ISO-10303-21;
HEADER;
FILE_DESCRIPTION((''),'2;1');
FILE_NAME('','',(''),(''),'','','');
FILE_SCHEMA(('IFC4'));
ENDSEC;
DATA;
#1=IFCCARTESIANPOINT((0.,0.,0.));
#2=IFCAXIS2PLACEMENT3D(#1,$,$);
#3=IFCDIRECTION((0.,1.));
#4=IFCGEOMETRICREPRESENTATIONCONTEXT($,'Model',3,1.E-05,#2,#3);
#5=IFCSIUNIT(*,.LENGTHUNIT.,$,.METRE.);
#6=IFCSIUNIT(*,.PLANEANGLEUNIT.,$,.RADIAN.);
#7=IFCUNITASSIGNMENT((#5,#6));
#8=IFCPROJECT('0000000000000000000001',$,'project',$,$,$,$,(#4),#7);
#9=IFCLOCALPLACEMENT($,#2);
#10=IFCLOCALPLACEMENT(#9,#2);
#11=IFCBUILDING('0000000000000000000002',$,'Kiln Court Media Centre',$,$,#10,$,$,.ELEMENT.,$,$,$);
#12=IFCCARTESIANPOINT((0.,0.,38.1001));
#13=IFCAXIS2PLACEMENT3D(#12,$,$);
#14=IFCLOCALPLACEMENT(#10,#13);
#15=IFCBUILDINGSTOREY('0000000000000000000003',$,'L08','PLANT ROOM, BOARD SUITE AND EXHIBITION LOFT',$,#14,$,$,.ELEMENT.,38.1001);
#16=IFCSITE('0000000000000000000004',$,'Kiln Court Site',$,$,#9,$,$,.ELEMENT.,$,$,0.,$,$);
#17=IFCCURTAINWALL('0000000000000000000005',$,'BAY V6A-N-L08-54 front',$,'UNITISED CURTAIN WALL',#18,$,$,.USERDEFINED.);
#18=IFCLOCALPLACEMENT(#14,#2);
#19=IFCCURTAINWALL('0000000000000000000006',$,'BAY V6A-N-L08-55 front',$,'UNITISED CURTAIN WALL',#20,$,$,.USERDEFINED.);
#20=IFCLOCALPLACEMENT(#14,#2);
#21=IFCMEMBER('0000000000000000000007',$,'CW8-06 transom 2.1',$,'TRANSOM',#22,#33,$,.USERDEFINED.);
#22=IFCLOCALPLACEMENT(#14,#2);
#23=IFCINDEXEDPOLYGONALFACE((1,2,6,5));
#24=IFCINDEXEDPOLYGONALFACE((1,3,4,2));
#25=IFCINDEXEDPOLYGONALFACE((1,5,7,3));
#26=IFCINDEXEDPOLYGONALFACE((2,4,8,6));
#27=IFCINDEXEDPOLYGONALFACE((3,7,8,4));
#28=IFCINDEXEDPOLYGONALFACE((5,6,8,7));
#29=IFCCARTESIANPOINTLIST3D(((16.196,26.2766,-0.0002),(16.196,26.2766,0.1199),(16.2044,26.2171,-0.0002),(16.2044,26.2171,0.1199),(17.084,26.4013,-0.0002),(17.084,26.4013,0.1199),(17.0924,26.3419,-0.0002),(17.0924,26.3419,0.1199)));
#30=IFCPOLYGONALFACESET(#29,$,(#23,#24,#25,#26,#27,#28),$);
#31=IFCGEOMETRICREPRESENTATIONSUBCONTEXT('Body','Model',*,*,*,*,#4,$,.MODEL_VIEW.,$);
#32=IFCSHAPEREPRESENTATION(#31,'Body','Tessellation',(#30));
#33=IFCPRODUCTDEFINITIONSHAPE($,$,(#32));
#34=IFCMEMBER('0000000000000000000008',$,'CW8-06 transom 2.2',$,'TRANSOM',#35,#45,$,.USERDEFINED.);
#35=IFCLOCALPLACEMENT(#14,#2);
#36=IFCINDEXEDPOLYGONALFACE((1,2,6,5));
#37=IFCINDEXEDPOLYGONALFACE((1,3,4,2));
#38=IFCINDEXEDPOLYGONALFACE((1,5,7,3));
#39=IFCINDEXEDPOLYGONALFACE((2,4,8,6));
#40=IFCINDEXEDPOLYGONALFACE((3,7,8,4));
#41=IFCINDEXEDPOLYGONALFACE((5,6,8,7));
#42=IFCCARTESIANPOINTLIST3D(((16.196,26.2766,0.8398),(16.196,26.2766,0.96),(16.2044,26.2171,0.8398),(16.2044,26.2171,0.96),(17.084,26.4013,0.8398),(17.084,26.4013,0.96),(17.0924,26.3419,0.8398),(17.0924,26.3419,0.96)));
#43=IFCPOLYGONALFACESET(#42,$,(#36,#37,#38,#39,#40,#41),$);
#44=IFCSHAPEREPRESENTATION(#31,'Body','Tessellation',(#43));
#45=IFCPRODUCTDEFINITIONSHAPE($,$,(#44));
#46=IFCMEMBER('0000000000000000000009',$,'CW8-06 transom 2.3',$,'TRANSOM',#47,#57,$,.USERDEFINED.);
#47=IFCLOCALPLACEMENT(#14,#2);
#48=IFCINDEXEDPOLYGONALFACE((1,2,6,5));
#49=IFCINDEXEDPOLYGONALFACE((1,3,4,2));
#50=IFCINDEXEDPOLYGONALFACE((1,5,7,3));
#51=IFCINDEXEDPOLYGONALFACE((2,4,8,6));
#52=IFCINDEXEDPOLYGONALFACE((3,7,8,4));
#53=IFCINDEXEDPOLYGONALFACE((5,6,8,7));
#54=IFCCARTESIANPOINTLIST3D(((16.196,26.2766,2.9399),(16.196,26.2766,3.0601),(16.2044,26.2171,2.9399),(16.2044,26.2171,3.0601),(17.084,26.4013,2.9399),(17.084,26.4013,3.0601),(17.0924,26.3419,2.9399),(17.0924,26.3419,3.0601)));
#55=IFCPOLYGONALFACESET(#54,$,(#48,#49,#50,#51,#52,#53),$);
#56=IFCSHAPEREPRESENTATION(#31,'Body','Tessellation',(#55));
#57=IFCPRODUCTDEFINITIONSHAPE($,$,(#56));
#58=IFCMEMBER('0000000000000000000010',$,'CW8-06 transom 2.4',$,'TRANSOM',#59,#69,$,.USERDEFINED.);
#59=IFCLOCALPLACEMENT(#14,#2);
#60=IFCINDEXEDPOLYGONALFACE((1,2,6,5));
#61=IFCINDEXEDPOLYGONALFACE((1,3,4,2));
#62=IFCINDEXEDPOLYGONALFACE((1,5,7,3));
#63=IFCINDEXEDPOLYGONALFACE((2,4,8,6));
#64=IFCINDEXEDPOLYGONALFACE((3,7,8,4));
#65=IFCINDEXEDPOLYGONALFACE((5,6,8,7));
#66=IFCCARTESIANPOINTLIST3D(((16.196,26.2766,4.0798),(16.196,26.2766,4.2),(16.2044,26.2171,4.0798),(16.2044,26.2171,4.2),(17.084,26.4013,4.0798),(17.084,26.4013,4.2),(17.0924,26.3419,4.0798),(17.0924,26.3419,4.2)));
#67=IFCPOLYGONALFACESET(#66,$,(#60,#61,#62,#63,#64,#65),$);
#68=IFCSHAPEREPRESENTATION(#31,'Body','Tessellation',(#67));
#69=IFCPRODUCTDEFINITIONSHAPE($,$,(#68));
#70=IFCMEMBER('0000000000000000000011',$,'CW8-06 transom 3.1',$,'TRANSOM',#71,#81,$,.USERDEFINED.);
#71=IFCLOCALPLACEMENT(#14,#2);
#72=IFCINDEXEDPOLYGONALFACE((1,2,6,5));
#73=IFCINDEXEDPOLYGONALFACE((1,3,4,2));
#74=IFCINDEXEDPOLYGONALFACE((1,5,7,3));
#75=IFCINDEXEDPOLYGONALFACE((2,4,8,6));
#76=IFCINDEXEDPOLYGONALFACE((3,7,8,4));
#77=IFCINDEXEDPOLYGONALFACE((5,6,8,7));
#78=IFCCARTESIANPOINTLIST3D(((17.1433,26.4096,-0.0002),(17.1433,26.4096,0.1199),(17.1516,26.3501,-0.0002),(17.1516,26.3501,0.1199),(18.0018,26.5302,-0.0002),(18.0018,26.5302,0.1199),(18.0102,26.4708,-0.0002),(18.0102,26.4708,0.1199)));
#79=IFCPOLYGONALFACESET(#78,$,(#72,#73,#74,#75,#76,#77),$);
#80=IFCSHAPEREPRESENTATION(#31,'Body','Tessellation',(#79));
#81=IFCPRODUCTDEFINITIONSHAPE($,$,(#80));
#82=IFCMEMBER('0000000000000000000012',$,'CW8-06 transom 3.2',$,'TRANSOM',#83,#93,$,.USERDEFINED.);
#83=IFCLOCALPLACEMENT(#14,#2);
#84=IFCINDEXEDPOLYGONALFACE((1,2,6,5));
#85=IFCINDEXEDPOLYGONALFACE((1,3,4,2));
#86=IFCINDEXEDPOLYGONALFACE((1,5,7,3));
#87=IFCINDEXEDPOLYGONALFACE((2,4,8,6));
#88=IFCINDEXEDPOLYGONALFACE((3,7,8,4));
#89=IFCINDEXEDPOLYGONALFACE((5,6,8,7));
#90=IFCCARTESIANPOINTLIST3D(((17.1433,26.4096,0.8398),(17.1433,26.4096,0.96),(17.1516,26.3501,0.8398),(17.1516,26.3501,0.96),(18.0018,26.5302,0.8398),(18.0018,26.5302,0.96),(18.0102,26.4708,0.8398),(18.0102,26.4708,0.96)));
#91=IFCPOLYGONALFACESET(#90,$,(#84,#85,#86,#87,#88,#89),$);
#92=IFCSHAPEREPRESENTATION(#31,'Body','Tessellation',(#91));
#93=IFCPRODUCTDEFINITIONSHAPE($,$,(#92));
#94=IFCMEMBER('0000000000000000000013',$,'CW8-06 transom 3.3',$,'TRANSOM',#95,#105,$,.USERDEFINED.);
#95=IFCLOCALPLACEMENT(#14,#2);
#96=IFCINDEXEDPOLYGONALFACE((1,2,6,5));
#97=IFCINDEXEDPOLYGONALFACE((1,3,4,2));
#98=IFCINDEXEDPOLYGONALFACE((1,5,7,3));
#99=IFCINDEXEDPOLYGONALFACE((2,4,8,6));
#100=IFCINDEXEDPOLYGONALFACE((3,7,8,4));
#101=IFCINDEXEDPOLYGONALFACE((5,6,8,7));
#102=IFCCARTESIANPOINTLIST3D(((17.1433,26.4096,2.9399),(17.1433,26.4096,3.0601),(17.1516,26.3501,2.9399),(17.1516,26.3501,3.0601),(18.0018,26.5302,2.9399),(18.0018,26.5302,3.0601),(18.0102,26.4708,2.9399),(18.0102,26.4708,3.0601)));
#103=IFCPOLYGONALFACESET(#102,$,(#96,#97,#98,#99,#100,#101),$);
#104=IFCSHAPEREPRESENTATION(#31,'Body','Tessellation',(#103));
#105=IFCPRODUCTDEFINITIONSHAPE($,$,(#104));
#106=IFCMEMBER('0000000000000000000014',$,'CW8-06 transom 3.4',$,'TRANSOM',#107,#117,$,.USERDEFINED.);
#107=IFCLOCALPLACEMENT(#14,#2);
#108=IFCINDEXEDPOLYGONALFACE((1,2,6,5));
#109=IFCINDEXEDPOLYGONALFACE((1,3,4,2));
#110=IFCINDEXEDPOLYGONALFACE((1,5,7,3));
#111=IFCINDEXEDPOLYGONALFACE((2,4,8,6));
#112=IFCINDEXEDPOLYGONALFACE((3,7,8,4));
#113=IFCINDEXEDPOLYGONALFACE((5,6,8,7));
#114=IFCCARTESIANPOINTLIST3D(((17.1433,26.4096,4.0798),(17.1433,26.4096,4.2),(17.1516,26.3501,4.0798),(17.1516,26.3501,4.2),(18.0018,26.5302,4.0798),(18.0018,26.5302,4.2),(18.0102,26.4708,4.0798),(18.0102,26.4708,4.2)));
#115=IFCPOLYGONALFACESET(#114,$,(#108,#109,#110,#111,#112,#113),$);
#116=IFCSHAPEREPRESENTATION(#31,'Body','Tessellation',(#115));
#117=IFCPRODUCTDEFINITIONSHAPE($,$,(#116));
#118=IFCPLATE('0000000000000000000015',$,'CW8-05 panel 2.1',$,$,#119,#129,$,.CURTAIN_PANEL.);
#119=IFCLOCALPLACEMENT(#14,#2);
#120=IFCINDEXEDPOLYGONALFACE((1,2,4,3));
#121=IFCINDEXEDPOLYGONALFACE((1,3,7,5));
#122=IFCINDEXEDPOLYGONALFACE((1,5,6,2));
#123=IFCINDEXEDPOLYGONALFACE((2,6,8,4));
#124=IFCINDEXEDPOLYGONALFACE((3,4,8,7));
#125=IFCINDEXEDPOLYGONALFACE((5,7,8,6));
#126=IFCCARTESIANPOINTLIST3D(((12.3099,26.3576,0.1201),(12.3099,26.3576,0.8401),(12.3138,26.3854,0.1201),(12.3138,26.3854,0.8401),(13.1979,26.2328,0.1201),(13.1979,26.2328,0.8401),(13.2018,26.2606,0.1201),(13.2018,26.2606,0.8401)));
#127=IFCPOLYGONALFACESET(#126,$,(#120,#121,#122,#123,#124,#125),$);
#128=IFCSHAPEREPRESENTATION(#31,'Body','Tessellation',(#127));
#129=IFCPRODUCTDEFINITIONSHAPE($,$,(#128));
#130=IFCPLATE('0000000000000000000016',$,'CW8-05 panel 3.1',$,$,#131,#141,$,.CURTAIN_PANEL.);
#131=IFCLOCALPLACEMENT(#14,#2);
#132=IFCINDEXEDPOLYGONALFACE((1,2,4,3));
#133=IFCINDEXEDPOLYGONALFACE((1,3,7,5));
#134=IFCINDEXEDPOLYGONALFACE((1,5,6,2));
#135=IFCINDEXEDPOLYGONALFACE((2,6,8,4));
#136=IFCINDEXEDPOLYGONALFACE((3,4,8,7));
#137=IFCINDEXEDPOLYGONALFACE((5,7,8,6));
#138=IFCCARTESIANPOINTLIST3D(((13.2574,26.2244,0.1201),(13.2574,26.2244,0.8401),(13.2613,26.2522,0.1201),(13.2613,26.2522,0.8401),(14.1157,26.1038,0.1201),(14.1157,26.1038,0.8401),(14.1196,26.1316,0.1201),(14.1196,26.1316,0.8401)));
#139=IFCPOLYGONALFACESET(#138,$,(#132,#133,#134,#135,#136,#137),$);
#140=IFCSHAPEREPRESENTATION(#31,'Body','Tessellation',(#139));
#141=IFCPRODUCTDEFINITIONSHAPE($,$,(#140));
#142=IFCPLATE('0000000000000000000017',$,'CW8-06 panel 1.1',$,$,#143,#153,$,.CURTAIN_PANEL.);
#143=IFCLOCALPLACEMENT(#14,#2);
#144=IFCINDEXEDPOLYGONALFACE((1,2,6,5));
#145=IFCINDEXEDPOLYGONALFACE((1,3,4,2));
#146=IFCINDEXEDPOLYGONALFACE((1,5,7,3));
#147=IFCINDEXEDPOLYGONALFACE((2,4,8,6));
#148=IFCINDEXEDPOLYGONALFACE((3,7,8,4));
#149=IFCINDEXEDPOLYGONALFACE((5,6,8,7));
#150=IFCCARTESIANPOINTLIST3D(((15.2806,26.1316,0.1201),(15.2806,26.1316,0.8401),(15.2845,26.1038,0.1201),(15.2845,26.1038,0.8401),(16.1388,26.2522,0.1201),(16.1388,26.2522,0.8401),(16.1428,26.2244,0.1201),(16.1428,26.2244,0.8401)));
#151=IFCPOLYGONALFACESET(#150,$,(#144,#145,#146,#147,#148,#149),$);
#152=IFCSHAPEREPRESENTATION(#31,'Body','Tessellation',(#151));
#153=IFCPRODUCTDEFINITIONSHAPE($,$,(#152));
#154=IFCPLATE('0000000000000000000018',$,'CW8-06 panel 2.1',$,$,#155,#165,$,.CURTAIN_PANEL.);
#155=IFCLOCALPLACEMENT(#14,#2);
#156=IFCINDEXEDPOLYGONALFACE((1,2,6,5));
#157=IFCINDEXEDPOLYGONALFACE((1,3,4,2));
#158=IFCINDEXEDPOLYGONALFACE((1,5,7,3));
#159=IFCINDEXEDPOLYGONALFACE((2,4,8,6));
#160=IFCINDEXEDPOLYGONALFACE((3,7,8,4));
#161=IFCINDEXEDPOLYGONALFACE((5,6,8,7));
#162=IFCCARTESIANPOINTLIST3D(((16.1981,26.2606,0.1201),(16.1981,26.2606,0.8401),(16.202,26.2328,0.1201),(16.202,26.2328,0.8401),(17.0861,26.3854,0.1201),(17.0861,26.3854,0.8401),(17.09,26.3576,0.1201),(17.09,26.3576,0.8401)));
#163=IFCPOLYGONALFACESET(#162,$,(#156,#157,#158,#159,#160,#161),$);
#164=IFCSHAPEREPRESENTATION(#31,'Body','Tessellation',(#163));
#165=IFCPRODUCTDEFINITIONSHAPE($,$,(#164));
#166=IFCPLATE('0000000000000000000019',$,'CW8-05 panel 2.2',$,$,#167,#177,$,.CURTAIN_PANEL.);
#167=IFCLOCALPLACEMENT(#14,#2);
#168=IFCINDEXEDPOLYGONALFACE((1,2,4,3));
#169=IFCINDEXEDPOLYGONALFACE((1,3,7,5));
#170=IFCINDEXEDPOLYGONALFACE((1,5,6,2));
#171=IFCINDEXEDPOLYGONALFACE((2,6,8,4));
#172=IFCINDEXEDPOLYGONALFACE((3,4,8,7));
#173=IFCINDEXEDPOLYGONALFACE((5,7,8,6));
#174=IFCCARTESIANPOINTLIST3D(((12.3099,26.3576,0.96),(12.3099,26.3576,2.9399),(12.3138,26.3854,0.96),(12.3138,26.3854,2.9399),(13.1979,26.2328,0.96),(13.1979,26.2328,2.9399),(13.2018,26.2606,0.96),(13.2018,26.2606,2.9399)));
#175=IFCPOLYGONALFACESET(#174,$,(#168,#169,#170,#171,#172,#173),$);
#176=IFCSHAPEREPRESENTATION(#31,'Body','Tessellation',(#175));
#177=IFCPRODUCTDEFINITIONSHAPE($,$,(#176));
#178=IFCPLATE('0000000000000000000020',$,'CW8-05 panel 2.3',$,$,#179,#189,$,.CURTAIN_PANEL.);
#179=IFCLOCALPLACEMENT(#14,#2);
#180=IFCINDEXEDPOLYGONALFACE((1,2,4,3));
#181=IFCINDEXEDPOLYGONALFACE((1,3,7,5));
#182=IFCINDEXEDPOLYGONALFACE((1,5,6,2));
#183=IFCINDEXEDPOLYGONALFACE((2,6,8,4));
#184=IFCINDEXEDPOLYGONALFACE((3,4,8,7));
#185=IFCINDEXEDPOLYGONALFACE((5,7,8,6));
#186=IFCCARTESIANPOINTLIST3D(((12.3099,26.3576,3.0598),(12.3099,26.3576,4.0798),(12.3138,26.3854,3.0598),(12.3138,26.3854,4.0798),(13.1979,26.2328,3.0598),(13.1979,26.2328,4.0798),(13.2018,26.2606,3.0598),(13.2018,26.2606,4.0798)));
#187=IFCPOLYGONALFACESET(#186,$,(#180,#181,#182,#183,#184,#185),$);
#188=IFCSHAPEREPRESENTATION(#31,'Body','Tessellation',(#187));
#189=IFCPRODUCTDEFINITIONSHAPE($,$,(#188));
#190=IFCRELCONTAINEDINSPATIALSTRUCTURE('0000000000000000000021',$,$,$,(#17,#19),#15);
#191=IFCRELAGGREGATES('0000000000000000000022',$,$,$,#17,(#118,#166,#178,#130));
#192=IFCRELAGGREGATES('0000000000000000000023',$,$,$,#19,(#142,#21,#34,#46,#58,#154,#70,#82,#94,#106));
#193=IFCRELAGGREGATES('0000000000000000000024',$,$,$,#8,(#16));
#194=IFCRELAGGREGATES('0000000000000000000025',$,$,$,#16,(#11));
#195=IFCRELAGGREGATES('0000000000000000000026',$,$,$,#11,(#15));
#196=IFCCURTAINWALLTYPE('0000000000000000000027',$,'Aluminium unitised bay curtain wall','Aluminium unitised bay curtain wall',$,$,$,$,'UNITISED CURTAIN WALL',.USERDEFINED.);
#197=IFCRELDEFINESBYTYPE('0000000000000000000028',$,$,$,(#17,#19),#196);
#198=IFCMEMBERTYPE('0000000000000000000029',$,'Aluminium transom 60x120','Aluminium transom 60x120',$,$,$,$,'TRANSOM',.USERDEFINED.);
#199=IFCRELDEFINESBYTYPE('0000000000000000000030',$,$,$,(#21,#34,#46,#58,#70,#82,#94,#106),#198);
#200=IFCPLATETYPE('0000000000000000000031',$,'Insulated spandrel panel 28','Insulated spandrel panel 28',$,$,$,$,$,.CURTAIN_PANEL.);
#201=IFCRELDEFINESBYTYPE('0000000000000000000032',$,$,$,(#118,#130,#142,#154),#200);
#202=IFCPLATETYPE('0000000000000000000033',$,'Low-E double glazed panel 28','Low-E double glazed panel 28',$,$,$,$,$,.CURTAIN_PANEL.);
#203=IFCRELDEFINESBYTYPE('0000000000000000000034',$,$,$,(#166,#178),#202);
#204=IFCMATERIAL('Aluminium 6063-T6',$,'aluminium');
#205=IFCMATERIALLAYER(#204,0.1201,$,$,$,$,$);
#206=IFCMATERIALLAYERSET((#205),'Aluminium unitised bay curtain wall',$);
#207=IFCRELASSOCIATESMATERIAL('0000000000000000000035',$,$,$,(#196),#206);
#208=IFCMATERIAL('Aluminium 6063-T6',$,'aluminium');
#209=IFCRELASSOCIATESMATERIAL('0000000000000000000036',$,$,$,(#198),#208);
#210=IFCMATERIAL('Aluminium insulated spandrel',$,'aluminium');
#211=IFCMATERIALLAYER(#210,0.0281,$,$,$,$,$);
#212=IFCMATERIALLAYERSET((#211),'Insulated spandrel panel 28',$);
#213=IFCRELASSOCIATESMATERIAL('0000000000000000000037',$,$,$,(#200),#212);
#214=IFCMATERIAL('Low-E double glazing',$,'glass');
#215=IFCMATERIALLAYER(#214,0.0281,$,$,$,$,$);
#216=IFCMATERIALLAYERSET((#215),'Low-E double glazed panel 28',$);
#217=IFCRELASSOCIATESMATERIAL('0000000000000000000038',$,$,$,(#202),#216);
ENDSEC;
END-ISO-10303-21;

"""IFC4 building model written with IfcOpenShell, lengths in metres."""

from ifc_helpers import new_model, si_unit, direction, frame, origin, origin_2d, place, context, subcontext, project, spatial, rectangle, extrude, material, layer, layer_set, material_profile, profile_set, type_object, element, aggregate, save


model = new_model("IFC4")

# Units and contexts
model_context = context("Model", 3, precision=1e-05, world=origin(), true_north=direction((0.0, 1.0)))
body_context = subcontext(model_context, "Body", "Model", "MODEL_VIEW")
ifc_project = project(units=[si_unit("LENGTHUNIT", "METRE"), si_unit("PLANEANGLEUNIT", "RADIAN")], contexts=[model_context])

# Site, building, storey
site_placement = place(None, origin())
site = spatial("IfcSite", under=ifc_project, at=site_placement, Name="Kiln Court Site", CompositionType="ELEMENT", RefElevation=0.0)
building_placement = place(site_placement, origin())
building = spatial("IfcBuilding", under=site, at=building_placement, Name="Kiln Court Media Centre", CompositionType="ELEMENT")
storey_placement = place(building_placement, frame((0.0, 0.0, 38.1001)))
storey = spatial("IfcBuildingStorey", under=building, at=storey_placement, Name="L08", Description="PLANT ROOM, BOARD SUITE AND EXHIBITION LOFT", CompositionType="ELEMENT", Elevation=38.1001)

# Curtain wall
ifc_material_1 = material(Name="Aluminium 6063-T6", Category="aluminium")
ifc_layer_1 = layer(ifc_material_1, 0.1201)
ifc_layer_set_1 = layer_set([ifc_layer_1], Name="Aluminium unitised bay curtain wall")
curtain_wall_type = type_object("IfcCurtainWallType", Name="Aluminium unitised bay curtain wall", Description="Aluminium unitised bay curtain wall", ElementType="UNITISED CURTAIN WALL", PredefinedType="USERDEFINED", material=ifc_layer_set_1)
curtain_wall_1_placement = place(storey_placement, origin())
curtain_wall_1 = element("IfcCurtainWall", 1, at=curtain_wall_1_placement, inside=storey, type_object=curtain_wall_type, Name="BAY V6A-N-L08-54 front", ObjectType="UNITISED CURTAIN WALL", PredefinedType="USERDEFINED")

# Curtain wall
curtain_wall_2_placement = place(storey_placement, origin())
curtain_wall_2 = element("IfcCurtainWall", 2, at=curtain_wall_2_placement, inside=storey, type_object=curtain_wall_type, Name="BAY V6A-N-L08-55 front", ObjectType="UNITISED CURTAIN WALL", PredefinedType="USERDEFINED")

# Members
ifc_material_2 = material(Name="Aluminium 6063-T6", Category="aluminium")
ifc_material_profile_1 = material_profile(ifc_material_2, rectangle(XDim=0.0601, YDim=0.1201, at=origin_2d()), Name="Aluminium transom 60x120")
ifc_profile_set_1 = profile_set([ifc_material_profile_1], Name="Aluminium 6063-T6")
member_type_1 = type_object("IfcMemberType", Name="Aluminium transom 60x120", Description="Aluminium transom 60x120", ElementType="TRANSOM", PredefinedType="USERDEFINED", material=ifc_profile_set_1)
member_1_placement = place(storey_placement, frame((16.2002, 26.2468, 0.0598), z_axis=(0.990274, 0.139134, 0.0), x_axis=(-0.139134, 0.990274, 0.0)))
member_1 = element("IfcMember", 3, at=member_1_placement, type_object=member_type_1, Name="CW8-06 transom 2.1", ObjectType="TRANSOM", PredefinedType="USERDEFINED", context=body_context, shape_type="SweptSolid", body=[
    extrude(rectangle(XDim=0.0601, YDim=0.1201, at=origin_2d()), origin(), (0.0, 0.0, 1.0), 0.8967),
])
member_2_placement = place(storey_placement, frame((16.2002, 26.2468, 0.8999), z_axis=(0.990274, 0.139134, 0.0), x_axis=(-0.139134, 0.990274, 0.0)))
member_2 = element("IfcMember", 4, at=member_2_placement, type_object=member_type_1, Name="CW8-06 transom 2.2", ObjectType="TRANSOM", PredefinedType="USERDEFINED", context=body_context, shape_type="SweptSolid", body=[
    extrude(rectangle(XDim=0.0601, YDim=0.1201, at=origin_2d()), origin(), (0.0, 0.0, 1.0), 0.8967),
])
member_3_placement = place(storey_placement, frame((16.2002, 26.2468, 3.0), z_axis=(0.990274, 0.139134, 0.0), x_axis=(-0.139134, 0.990274, 0.0)))
member_3 = element("IfcMember", 5, at=member_3_placement, type_object=member_type_1, Name="CW8-06 transom 2.3", ObjectType="TRANSOM", PredefinedType="USERDEFINED", context=body_context, shape_type="SweptSolid", body=[
    extrude(rectangle(XDim=0.0601, YDim=0.1201, at=origin_2d()), origin(), (0.0, 0.0, 1.0), 0.8967),
])
member_4_placement = place(storey_placement, frame((16.2002, 26.2468, 4.1399), z_axis=(0.990274, 0.139134, 0.0), x_axis=(-0.139134, 0.990274, 0.0)))
member_4 = element("IfcMember", 6, at=member_4_placement, type_object=member_type_1, Name="CW8-06 transom 2.4", ObjectType="TRANSOM", PredefinedType="USERDEFINED", context=body_context, shape_type="SweptSolid", body=[
    extrude(rectangle(XDim=0.0601, YDim=0.1201, at=origin_2d()), origin(), (0.0, 0.0, 1.0), 0.8967),
])
member_5_placement = place(storey_placement, frame((17.1475, 26.3799, 0.0598), z_axis=(0.990274, 0.139134, 0.0), x_axis=(-0.139134, 0.990274, 0.0)))
member_5 = element("IfcMember", 7, at=member_5_placement, type_object=member_type_1, Name="CW8-06 transom 3.1", ObjectType="TRANSOM", PredefinedType="USERDEFINED", context=body_context, shape_type="SweptSolid", body=[
    extrude(rectangle(XDim=0.0601, YDim=0.1201, at=origin_2d()), origin(), (0.0, 0.0, 1.0), 0.8669),
])
member_6_placement = place(storey_placement, frame((17.1475, 26.3799, 0.8999), z_axis=(0.990274, 0.139134, 0.0), x_axis=(-0.139134, 0.990274, 0.0)))
member_6 = element("IfcMember", 8, at=member_6_placement, type_object=member_type_1, Name="CW8-06 transom 3.2", ObjectType="TRANSOM", PredefinedType="USERDEFINED", context=body_context, shape_type="SweptSolid", body=[
    extrude(rectangle(XDim=0.0601, YDim=0.1201, at=origin_2d()), origin(), (0.0, 0.0, 1.0), 0.8669),
])
member_7_placement = place(storey_placement, frame((17.1475, 26.3799, 3.0), z_axis=(0.990274, 0.139134, 0.0), x_axis=(-0.139134, 0.990274, 0.0)))
member_7 = element("IfcMember", 9, at=member_7_placement, type_object=member_type_1, Name="CW8-06 transom 3.3", ObjectType="TRANSOM", PredefinedType="USERDEFINED", context=body_context, shape_type="SweptSolid", body=[
    extrude(rectangle(XDim=0.0601, YDim=0.1201, at=origin_2d()), origin(), (0.0, 0.0, 1.0), 0.8669),
])
member_8_placement = place(storey_placement, frame((17.1475, 26.3799, 4.1399), z_axis=(0.990274, 0.139134, 0.0), x_axis=(-0.139134, 0.990274, 0.0)))
member_8 = element("IfcMember", 10, at=member_8_placement, type_object=member_type_1, Name="CW8-06 transom 3.4", ObjectType="TRANSOM", PredefinedType="USERDEFINED", context=body_context, shape_type="SweptSolid", body=[
    extrude(rectangle(XDim=0.0601, YDim=0.1201, at=origin_2d()), origin(), (0.0, 0.0, 1.0), 0.8669),
])

# Plates
ifc_material_3 = material(Name="Aluminium insulated spandrel", Category="aluminium")
ifc_layer_2 = layer(ifc_material_3, 0.0281)
ifc_layer_set_2 = layer_set([ifc_layer_2], Name="Insulated spandrel panel 28")
plate_type_1 = type_object("IfcPlateType", Name="Insulated spandrel panel 28", Description="Insulated spandrel panel 28", PredefinedType="CURTAIN_PANEL", material=ifc_layer_set_2)
plate_1_placement = place(storey_placement, frame((12.7559, 26.3091, 0.1201), z_axis=(0.0, 0.0, 1.0), x_axis=(0.99027, -0.139162, 0.0)))
plate_1 = element("IfcPlate", 11, at=plate_1_placement, type_object=plate_type_1, Name="CW8-05 panel 2.1", PredefinedType="CURTAIN_PANEL", context=body_context, shape_type="SweptSolid", body=[
    extrude(rectangle(XDim=0.8967, YDim=0.0281, at=origin_2d()), origin(), (0.0, 0.0, 1.0), 0.72),
])
plate_2_placement = place(storey_placement, frame((13.6885, 26.178, 0.1201), z_axis=(0.0, 0.0, 1.0), x_axis=(0.99027, -0.139162, 0.0)))
plate_2 = element("IfcPlate", 12, at=plate_2_placement, type_object=plate_type_1, Name="CW8-05 panel 3.1", PredefinedType="CURTAIN_PANEL", context=body_context, shape_type="SweptSolid", body=[
    extrude(rectangle(XDim=0.8667, YDim=0.0281, at=origin_2d()), origin(), (0.0, 0.0, 1.0), 0.72),
])
plate_3_placement = place(storey_placement, frame((15.7117, 26.178, 0.1201), z_axis=(0.0, 0.0, 1.0), x_axis=(0.99027, 0.139162, 0.0)))
plate_3 = element("IfcPlate", 13, at=plate_3_placement, type_object=plate_type_1, Name="CW8-06 panel 1.1", PredefinedType="CURTAIN_PANEL", context=body_context, shape_type="SweptSolid", body=[
    extrude(rectangle(XDim=0.8667, YDim=0.0281, at=origin_2d()), origin(), (0.0, 0.0, 1.0), 0.72),
])
plate_4_placement = place(storey_placement, frame((16.644, 26.3091, 0.1201), z_axis=(0.0, 0.0, 1.0), x_axis=(0.99027, 0.139162, 0.0)))
plate_4 = element("IfcPlate", 14, at=plate_4_placement, type_object=plate_type_1, Name="CW8-06 panel 2.1", PredefinedType="CURTAIN_PANEL", context=body_context, shape_type="SweptSolid", body=[
    extrude(rectangle(XDim=0.8967, YDim=0.0281, at=origin_2d()), origin(), (0.0, 0.0, 1.0), 0.72),
])
ifc_material_4 = material(Name="Low-E double glazing", Category="glass")
ifc_layer_3 = layer(ifc_material_4, 0.0281)
ifc_layer_set_3 = layer_set([ifc_layer_3], Name="Low-E double glazed panel 28")
plate_type_2 = type_object("IfcPlateType", Name="Low-E double glazed panel 28", Description="Low-E double glazed panel 28", PredefinedType="CURTAIN_PANEL", material=ifc_layer_set_3)
plate_5_placement = place(storey_placement, frame((12.7559, 26.3091, 0.96), z_axis=(0.0, 0.0, 1.0), x_axis=(0.99027, -0.139162, 0.0)))
plate_5 = element("IfcPlate", 15, at=plate_5_placement, type_object=plate_type_2, Name="CW8-05 panel 2.2", PredefinedType="CURTAIN_PANEL", context=body_context, shape_type="SweptSolid", body=[
    extrude(rectangle(XDim=0.8967, YDim=0.0281, at=origin_2d()), origin(), (0.0, 0.0, 1.0), 1.98),
])
plate_6_placement = place(storey_placement, frame((12.7559, 26.3091, 3.0598), z_axis=(0.0, 0.0, 1.0), x_axis=(0.99027, -0.139162, 0.0)))
plate_6 = element("IfcPlate", 16, at=plate_6_placement, type_object=plate_type_2, Name="CW8-05 panel 2.3", PredefinedType="CURTAIN_PANEL", context=body_context, shape_type="SweptSolid", body=[
    extrude(rectangle(XDim=0.8967, YDim=0.0281, at=origin_2d()), origin(), (0.0, 0.0, 1.0), 1.02),
])
aggregate(curtain_wall_1, [plate_1, plate_5, plate_6, plate_2])
aggregate(curtain_wall_2, [plate_3, member_1, member_2, member_3, member_4, plate_4, member_5, member_6, member_7, member_8])

save(model, "model.ifc")
